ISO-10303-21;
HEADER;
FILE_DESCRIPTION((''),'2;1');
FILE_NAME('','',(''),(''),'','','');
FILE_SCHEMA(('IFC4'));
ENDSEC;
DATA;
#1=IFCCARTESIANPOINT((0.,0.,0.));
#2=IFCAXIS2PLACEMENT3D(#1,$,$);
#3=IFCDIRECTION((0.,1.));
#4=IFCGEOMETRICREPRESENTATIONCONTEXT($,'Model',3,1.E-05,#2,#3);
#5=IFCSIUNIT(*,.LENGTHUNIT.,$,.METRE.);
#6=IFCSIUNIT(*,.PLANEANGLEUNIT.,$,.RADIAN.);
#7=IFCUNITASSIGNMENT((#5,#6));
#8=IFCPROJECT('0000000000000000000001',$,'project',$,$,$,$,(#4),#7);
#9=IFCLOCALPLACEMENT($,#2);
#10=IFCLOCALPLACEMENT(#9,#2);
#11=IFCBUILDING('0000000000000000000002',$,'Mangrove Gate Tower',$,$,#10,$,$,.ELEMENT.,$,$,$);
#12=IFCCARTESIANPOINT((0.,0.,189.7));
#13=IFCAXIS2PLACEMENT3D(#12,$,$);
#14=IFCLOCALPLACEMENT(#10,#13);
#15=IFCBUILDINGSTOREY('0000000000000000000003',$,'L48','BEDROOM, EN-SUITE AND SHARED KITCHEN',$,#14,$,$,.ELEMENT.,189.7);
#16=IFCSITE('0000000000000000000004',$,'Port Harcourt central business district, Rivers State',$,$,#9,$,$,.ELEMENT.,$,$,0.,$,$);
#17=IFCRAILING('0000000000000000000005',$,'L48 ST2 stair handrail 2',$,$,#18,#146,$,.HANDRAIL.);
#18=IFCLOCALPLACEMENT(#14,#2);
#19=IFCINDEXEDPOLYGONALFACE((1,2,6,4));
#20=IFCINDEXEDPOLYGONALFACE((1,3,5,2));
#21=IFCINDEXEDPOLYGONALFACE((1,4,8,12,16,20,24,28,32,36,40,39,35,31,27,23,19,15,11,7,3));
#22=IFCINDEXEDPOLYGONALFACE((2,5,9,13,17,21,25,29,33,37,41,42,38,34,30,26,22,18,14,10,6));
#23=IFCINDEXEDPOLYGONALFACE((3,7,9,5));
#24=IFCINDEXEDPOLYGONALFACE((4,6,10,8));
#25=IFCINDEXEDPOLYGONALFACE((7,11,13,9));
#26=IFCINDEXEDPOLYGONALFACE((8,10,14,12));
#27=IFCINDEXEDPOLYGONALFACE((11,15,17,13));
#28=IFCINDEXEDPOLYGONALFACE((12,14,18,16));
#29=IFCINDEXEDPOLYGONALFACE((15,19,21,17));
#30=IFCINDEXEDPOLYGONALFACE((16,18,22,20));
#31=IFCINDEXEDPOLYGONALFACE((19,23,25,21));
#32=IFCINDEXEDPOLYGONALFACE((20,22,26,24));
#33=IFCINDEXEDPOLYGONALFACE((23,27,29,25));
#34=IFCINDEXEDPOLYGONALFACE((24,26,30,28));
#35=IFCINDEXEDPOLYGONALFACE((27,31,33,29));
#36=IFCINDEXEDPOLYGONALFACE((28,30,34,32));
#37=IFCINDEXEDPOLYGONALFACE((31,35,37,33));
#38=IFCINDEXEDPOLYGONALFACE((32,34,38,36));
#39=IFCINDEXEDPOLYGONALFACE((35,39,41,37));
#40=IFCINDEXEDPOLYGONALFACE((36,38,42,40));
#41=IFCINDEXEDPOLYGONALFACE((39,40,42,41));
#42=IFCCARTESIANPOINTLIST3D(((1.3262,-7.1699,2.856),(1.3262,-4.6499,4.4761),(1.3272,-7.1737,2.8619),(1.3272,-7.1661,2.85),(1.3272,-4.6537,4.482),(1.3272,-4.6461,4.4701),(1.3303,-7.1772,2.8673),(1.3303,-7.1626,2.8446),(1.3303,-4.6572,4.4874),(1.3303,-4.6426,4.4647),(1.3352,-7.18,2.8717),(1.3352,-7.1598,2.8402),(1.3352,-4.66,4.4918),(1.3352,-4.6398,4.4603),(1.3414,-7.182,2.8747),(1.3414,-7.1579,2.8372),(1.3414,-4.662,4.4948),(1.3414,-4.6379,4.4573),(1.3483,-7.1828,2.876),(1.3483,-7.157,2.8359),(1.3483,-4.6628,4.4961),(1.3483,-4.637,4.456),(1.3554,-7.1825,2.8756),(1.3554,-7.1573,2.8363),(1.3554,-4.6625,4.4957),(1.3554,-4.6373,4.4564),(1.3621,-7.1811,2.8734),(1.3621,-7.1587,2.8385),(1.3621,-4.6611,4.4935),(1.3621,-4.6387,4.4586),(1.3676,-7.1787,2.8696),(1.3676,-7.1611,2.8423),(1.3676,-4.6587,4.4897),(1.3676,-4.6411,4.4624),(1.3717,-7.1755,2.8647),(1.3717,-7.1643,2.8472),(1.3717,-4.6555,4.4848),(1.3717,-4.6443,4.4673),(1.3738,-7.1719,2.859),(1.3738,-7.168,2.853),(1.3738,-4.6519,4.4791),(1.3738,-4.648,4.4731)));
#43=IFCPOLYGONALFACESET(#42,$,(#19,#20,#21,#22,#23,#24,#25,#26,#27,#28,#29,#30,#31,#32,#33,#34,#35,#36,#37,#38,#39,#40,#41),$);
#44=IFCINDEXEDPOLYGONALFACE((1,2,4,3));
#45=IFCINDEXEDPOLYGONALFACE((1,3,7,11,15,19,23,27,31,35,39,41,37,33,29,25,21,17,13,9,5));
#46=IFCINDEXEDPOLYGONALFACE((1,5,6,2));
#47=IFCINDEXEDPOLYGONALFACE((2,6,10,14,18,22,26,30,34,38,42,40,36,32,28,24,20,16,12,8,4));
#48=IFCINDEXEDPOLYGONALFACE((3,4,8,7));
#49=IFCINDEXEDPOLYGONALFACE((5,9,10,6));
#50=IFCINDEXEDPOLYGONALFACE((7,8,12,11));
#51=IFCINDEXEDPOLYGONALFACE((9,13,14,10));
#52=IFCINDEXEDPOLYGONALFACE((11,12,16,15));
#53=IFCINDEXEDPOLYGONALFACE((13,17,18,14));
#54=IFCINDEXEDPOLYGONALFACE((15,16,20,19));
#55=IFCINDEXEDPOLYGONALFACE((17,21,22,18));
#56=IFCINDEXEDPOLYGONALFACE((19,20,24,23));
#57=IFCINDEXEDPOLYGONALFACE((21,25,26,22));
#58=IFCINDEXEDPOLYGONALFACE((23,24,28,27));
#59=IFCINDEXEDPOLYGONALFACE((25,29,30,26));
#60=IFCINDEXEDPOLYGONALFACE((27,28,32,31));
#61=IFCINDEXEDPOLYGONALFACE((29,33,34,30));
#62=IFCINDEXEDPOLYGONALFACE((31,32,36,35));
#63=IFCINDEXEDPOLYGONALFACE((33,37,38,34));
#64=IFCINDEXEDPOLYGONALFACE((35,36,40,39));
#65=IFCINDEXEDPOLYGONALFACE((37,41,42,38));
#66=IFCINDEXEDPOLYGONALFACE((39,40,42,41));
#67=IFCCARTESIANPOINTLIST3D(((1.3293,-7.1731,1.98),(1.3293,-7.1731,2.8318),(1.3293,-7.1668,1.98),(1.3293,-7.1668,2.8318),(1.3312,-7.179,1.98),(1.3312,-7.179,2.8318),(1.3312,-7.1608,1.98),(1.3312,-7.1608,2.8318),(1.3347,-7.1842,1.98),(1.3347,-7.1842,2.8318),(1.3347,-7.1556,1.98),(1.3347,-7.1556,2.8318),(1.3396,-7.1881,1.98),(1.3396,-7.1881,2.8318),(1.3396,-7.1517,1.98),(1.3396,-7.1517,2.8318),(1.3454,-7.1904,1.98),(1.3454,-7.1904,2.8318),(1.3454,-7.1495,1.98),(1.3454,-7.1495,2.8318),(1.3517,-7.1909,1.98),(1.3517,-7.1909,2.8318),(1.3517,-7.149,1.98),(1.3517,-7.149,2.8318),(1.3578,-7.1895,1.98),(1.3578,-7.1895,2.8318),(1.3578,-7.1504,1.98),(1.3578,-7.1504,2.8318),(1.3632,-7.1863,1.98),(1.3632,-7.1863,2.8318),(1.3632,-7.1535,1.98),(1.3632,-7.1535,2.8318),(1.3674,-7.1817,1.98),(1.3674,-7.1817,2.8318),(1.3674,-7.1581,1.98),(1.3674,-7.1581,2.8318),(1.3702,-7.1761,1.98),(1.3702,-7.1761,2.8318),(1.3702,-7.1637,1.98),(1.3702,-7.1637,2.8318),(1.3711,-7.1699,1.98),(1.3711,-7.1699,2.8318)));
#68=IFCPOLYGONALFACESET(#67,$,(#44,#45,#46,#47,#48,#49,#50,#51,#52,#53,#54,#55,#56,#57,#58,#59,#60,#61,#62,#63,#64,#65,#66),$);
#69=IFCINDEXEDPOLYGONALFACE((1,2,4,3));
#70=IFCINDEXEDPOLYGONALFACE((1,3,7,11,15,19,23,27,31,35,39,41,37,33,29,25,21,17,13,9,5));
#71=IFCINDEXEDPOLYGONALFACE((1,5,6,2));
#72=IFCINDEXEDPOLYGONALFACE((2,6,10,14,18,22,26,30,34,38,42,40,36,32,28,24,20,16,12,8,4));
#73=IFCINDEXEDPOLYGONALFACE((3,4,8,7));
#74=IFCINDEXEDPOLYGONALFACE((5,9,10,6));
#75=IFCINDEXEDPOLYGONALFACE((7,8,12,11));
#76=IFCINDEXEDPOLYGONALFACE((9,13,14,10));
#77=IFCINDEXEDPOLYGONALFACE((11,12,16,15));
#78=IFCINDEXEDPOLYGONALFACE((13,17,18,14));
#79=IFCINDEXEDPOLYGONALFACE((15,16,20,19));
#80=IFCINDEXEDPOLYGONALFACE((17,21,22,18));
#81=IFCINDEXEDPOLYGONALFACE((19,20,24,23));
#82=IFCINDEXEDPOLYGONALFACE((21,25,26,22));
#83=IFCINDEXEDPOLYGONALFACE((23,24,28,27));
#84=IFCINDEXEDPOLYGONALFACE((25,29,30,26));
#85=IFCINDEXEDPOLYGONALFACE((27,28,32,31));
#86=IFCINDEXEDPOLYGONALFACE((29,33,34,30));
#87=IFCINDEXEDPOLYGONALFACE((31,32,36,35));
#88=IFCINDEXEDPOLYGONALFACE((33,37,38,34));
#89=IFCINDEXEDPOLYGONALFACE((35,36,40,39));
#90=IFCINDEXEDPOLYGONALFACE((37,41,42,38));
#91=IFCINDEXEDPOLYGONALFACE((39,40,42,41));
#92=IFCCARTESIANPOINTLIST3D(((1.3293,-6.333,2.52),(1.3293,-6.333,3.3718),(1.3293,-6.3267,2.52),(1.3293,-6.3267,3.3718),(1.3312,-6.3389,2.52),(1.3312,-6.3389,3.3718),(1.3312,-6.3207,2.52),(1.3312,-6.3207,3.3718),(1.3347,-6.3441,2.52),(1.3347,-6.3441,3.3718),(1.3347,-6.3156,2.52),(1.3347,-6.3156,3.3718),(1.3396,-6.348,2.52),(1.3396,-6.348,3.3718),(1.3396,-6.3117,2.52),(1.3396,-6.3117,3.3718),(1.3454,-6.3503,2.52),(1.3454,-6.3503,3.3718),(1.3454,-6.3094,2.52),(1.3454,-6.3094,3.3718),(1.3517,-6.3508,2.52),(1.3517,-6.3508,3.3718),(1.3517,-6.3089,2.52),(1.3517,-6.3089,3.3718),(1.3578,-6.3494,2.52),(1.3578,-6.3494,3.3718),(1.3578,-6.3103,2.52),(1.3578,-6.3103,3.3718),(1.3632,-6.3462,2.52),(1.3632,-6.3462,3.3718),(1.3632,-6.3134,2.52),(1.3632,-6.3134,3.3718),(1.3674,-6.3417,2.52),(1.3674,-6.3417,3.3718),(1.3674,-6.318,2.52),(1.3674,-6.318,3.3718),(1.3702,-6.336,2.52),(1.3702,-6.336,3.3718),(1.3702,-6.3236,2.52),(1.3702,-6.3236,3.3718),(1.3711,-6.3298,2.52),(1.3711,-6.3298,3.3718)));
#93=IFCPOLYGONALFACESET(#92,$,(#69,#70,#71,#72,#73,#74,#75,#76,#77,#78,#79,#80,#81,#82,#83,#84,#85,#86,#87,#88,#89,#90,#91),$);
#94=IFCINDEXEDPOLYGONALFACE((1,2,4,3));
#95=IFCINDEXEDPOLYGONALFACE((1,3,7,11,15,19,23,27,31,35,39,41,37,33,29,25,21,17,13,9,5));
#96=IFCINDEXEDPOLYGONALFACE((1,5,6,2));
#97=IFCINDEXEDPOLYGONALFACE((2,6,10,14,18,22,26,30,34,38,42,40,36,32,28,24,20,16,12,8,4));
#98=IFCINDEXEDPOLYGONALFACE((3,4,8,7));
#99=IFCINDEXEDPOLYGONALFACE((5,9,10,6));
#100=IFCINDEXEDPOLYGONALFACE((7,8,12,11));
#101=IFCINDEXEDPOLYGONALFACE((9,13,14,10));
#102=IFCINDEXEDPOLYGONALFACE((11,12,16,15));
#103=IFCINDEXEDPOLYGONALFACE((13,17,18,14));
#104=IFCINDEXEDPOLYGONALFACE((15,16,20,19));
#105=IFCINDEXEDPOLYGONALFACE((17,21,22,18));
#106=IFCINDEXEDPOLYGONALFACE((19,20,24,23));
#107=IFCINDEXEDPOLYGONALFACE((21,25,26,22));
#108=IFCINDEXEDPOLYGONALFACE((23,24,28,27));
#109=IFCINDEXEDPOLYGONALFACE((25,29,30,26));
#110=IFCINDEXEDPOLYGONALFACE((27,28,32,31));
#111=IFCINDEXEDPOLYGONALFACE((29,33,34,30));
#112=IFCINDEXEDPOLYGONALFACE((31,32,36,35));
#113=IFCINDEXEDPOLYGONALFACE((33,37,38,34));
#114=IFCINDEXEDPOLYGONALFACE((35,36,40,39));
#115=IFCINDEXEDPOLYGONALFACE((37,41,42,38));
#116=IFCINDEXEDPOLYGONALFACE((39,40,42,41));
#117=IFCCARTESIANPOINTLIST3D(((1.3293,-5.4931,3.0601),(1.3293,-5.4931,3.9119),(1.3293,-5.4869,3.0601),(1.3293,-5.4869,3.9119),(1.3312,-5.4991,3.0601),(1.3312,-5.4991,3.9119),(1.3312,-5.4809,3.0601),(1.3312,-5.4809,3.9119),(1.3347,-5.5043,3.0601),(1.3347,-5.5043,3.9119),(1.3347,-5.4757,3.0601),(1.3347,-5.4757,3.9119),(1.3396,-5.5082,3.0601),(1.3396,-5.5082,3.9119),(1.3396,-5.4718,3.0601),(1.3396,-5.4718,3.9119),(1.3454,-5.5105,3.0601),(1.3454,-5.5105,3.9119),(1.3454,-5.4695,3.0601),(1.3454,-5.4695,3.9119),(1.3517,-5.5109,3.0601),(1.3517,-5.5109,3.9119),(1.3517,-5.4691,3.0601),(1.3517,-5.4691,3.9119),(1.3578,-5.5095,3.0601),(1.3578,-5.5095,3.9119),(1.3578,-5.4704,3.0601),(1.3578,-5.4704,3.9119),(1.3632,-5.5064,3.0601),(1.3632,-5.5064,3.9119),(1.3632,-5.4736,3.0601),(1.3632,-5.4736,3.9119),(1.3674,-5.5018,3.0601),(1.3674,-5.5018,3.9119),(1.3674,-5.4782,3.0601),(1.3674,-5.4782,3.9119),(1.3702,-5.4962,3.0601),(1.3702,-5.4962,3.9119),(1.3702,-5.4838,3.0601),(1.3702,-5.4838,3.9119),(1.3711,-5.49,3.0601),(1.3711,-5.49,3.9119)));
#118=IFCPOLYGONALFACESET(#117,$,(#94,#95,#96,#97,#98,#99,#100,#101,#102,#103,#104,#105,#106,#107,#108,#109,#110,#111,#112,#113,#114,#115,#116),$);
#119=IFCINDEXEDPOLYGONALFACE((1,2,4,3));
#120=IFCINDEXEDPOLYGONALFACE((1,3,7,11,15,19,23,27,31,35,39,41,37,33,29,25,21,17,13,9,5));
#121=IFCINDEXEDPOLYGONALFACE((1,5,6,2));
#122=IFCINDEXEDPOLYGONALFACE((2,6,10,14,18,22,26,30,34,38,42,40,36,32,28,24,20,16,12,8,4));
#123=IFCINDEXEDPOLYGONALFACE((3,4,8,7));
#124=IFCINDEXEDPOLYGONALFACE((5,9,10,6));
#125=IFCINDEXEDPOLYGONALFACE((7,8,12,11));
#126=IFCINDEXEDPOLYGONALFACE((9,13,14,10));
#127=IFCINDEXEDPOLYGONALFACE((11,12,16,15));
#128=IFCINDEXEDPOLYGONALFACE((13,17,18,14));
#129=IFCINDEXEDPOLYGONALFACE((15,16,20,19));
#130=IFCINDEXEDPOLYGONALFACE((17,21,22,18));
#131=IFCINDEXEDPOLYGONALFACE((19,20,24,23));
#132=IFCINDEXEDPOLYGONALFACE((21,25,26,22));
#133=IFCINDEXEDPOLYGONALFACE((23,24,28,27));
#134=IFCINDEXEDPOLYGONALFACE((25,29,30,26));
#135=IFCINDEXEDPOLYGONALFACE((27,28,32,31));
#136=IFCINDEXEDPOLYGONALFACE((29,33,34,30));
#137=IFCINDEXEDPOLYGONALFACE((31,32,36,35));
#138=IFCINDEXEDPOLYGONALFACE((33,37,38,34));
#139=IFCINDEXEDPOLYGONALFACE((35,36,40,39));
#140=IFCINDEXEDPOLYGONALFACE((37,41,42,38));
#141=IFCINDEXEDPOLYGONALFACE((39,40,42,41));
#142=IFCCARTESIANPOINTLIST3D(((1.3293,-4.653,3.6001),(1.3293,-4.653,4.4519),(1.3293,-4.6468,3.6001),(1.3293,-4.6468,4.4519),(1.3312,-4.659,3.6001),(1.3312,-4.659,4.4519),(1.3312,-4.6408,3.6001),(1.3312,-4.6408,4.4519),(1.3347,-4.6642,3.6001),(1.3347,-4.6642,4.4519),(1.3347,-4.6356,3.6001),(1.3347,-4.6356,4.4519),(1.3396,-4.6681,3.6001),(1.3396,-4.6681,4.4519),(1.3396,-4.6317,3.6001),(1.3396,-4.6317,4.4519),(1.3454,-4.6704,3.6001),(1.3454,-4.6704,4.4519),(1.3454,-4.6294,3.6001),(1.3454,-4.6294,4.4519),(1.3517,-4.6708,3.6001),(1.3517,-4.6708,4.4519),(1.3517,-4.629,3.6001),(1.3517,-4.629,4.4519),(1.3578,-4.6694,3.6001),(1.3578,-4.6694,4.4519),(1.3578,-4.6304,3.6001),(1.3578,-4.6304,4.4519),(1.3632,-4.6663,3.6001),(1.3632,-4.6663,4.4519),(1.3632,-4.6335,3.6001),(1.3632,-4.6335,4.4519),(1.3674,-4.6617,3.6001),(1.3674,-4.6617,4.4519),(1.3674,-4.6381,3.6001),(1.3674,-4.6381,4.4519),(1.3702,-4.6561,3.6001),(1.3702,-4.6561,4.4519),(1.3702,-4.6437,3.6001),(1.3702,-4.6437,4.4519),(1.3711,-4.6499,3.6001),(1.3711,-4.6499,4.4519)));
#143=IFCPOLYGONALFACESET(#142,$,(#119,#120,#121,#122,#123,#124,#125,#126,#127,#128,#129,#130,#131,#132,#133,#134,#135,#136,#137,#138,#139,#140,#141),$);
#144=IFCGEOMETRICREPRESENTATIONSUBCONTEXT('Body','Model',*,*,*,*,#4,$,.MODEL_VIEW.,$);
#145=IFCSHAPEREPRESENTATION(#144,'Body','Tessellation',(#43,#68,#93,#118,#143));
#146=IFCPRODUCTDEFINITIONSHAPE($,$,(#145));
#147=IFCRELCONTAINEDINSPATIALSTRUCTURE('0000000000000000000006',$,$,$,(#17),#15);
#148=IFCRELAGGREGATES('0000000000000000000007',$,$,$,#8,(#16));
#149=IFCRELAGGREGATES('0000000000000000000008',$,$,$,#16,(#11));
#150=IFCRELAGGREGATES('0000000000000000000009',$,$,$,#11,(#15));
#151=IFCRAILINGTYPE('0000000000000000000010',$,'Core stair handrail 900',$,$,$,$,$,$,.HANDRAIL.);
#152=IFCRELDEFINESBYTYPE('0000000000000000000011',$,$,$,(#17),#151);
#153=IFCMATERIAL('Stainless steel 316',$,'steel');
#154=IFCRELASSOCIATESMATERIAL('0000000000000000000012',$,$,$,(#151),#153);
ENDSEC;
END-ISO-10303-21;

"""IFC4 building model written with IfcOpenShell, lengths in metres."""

from ifc_helpers import new_model, si_unit, direction, frame, origin, origin_2d, place, context, subcontext, project, spatial, circle, extrude, material, type_object, element, save


model = new_model("IFC4")

# Units and contexts
model_context = context("Model", 3, precision=1e-05, world=origin(), true_north=direction((0.0, 1.0)))
body_context = subcontext(model_context, "Body", "Model", "MODEL_VIEW")
ifc_project = project(units=[si_unit("LENGTHUNIT", "METRE"), si_unit("PLANEANGLEUNIT", "RADIAN")], contexts=[model_context])

# Site, building, storey
site_placement = place(None, origin())
site = spatial("IfcSite", under=ifc_project, at=site_placement, Name="Port Harcourt central business district, Rivers State", CompositionType="ELEMENT", RefElevation=0.0)
building_placement = place(site_placement, origin())
building = spatial("IfcBuilding", under=site, at=building_placement, Name="Mangrove Gate Tower", CompositionType="ELEMENT")
storey_placement = place(building_placement, frame((0.0, 0.0, 189.7)))
storey = spatial("IfcBuildingStorey", under=building, at=storey_placement, Name="L48", Description="BEDROOM, EN-SUITE AND SHARED KITCHEN", CompositionType="ELEMENT", Elevation=189.7)

# Railing
ifc_material_1 = material(Name="Stainless steel 316", Category="steel")
railing_type_1 = type_object("IfcRailingType", Name="Core stair handrail 900", PredefinedType="HANDRAIL", material=ifc_material_1)
railing_1_placement = place(storey_placement, frame((1.3501, -7.1699, 1.98)))
element("IfcRailing", 1, at=railing_1_placement, inside=storey, type_object=railing_type_1, Name="L48 ST2 stair handrail 2", PredefinedType="HANDRAIL", context=body_context, shape_type="SweptSolid", body=[
    extrude(circle(Radius=0.0239, at=origin_2d()), frame((0.0, 0.0, 0.876), z_axis=(0.0, 0.841163, 0.540782), x_axis=(-1.0, 0.0, 0.0)), (0.0, 0.0, 1.0), 2.9958),
    extrude(circle(Radius=0.021, at=origin_2d()), origin(), (0.0, 0.0, 1.0), 0.8518),
    extrude(circle(Radius=0.021, at=origin_2d()), frame((0.0, 0.8401, 0.54)), (0.0, 0.0, 1.0), 0.8518),
    extrude(circle(Radius=0.021, at=origin_2d()), frame((0.0, 1.6799, 1.0801)), (0.0, 0.0, 1.0), 0.8518),
    extrude(circle(Radius=0.021, at=origin_2d()), frame((0.0, 2.52, 1.6201)), (0.0, 0.0, 1.0), 0.8518),
])

save(model, "model.ifc")
